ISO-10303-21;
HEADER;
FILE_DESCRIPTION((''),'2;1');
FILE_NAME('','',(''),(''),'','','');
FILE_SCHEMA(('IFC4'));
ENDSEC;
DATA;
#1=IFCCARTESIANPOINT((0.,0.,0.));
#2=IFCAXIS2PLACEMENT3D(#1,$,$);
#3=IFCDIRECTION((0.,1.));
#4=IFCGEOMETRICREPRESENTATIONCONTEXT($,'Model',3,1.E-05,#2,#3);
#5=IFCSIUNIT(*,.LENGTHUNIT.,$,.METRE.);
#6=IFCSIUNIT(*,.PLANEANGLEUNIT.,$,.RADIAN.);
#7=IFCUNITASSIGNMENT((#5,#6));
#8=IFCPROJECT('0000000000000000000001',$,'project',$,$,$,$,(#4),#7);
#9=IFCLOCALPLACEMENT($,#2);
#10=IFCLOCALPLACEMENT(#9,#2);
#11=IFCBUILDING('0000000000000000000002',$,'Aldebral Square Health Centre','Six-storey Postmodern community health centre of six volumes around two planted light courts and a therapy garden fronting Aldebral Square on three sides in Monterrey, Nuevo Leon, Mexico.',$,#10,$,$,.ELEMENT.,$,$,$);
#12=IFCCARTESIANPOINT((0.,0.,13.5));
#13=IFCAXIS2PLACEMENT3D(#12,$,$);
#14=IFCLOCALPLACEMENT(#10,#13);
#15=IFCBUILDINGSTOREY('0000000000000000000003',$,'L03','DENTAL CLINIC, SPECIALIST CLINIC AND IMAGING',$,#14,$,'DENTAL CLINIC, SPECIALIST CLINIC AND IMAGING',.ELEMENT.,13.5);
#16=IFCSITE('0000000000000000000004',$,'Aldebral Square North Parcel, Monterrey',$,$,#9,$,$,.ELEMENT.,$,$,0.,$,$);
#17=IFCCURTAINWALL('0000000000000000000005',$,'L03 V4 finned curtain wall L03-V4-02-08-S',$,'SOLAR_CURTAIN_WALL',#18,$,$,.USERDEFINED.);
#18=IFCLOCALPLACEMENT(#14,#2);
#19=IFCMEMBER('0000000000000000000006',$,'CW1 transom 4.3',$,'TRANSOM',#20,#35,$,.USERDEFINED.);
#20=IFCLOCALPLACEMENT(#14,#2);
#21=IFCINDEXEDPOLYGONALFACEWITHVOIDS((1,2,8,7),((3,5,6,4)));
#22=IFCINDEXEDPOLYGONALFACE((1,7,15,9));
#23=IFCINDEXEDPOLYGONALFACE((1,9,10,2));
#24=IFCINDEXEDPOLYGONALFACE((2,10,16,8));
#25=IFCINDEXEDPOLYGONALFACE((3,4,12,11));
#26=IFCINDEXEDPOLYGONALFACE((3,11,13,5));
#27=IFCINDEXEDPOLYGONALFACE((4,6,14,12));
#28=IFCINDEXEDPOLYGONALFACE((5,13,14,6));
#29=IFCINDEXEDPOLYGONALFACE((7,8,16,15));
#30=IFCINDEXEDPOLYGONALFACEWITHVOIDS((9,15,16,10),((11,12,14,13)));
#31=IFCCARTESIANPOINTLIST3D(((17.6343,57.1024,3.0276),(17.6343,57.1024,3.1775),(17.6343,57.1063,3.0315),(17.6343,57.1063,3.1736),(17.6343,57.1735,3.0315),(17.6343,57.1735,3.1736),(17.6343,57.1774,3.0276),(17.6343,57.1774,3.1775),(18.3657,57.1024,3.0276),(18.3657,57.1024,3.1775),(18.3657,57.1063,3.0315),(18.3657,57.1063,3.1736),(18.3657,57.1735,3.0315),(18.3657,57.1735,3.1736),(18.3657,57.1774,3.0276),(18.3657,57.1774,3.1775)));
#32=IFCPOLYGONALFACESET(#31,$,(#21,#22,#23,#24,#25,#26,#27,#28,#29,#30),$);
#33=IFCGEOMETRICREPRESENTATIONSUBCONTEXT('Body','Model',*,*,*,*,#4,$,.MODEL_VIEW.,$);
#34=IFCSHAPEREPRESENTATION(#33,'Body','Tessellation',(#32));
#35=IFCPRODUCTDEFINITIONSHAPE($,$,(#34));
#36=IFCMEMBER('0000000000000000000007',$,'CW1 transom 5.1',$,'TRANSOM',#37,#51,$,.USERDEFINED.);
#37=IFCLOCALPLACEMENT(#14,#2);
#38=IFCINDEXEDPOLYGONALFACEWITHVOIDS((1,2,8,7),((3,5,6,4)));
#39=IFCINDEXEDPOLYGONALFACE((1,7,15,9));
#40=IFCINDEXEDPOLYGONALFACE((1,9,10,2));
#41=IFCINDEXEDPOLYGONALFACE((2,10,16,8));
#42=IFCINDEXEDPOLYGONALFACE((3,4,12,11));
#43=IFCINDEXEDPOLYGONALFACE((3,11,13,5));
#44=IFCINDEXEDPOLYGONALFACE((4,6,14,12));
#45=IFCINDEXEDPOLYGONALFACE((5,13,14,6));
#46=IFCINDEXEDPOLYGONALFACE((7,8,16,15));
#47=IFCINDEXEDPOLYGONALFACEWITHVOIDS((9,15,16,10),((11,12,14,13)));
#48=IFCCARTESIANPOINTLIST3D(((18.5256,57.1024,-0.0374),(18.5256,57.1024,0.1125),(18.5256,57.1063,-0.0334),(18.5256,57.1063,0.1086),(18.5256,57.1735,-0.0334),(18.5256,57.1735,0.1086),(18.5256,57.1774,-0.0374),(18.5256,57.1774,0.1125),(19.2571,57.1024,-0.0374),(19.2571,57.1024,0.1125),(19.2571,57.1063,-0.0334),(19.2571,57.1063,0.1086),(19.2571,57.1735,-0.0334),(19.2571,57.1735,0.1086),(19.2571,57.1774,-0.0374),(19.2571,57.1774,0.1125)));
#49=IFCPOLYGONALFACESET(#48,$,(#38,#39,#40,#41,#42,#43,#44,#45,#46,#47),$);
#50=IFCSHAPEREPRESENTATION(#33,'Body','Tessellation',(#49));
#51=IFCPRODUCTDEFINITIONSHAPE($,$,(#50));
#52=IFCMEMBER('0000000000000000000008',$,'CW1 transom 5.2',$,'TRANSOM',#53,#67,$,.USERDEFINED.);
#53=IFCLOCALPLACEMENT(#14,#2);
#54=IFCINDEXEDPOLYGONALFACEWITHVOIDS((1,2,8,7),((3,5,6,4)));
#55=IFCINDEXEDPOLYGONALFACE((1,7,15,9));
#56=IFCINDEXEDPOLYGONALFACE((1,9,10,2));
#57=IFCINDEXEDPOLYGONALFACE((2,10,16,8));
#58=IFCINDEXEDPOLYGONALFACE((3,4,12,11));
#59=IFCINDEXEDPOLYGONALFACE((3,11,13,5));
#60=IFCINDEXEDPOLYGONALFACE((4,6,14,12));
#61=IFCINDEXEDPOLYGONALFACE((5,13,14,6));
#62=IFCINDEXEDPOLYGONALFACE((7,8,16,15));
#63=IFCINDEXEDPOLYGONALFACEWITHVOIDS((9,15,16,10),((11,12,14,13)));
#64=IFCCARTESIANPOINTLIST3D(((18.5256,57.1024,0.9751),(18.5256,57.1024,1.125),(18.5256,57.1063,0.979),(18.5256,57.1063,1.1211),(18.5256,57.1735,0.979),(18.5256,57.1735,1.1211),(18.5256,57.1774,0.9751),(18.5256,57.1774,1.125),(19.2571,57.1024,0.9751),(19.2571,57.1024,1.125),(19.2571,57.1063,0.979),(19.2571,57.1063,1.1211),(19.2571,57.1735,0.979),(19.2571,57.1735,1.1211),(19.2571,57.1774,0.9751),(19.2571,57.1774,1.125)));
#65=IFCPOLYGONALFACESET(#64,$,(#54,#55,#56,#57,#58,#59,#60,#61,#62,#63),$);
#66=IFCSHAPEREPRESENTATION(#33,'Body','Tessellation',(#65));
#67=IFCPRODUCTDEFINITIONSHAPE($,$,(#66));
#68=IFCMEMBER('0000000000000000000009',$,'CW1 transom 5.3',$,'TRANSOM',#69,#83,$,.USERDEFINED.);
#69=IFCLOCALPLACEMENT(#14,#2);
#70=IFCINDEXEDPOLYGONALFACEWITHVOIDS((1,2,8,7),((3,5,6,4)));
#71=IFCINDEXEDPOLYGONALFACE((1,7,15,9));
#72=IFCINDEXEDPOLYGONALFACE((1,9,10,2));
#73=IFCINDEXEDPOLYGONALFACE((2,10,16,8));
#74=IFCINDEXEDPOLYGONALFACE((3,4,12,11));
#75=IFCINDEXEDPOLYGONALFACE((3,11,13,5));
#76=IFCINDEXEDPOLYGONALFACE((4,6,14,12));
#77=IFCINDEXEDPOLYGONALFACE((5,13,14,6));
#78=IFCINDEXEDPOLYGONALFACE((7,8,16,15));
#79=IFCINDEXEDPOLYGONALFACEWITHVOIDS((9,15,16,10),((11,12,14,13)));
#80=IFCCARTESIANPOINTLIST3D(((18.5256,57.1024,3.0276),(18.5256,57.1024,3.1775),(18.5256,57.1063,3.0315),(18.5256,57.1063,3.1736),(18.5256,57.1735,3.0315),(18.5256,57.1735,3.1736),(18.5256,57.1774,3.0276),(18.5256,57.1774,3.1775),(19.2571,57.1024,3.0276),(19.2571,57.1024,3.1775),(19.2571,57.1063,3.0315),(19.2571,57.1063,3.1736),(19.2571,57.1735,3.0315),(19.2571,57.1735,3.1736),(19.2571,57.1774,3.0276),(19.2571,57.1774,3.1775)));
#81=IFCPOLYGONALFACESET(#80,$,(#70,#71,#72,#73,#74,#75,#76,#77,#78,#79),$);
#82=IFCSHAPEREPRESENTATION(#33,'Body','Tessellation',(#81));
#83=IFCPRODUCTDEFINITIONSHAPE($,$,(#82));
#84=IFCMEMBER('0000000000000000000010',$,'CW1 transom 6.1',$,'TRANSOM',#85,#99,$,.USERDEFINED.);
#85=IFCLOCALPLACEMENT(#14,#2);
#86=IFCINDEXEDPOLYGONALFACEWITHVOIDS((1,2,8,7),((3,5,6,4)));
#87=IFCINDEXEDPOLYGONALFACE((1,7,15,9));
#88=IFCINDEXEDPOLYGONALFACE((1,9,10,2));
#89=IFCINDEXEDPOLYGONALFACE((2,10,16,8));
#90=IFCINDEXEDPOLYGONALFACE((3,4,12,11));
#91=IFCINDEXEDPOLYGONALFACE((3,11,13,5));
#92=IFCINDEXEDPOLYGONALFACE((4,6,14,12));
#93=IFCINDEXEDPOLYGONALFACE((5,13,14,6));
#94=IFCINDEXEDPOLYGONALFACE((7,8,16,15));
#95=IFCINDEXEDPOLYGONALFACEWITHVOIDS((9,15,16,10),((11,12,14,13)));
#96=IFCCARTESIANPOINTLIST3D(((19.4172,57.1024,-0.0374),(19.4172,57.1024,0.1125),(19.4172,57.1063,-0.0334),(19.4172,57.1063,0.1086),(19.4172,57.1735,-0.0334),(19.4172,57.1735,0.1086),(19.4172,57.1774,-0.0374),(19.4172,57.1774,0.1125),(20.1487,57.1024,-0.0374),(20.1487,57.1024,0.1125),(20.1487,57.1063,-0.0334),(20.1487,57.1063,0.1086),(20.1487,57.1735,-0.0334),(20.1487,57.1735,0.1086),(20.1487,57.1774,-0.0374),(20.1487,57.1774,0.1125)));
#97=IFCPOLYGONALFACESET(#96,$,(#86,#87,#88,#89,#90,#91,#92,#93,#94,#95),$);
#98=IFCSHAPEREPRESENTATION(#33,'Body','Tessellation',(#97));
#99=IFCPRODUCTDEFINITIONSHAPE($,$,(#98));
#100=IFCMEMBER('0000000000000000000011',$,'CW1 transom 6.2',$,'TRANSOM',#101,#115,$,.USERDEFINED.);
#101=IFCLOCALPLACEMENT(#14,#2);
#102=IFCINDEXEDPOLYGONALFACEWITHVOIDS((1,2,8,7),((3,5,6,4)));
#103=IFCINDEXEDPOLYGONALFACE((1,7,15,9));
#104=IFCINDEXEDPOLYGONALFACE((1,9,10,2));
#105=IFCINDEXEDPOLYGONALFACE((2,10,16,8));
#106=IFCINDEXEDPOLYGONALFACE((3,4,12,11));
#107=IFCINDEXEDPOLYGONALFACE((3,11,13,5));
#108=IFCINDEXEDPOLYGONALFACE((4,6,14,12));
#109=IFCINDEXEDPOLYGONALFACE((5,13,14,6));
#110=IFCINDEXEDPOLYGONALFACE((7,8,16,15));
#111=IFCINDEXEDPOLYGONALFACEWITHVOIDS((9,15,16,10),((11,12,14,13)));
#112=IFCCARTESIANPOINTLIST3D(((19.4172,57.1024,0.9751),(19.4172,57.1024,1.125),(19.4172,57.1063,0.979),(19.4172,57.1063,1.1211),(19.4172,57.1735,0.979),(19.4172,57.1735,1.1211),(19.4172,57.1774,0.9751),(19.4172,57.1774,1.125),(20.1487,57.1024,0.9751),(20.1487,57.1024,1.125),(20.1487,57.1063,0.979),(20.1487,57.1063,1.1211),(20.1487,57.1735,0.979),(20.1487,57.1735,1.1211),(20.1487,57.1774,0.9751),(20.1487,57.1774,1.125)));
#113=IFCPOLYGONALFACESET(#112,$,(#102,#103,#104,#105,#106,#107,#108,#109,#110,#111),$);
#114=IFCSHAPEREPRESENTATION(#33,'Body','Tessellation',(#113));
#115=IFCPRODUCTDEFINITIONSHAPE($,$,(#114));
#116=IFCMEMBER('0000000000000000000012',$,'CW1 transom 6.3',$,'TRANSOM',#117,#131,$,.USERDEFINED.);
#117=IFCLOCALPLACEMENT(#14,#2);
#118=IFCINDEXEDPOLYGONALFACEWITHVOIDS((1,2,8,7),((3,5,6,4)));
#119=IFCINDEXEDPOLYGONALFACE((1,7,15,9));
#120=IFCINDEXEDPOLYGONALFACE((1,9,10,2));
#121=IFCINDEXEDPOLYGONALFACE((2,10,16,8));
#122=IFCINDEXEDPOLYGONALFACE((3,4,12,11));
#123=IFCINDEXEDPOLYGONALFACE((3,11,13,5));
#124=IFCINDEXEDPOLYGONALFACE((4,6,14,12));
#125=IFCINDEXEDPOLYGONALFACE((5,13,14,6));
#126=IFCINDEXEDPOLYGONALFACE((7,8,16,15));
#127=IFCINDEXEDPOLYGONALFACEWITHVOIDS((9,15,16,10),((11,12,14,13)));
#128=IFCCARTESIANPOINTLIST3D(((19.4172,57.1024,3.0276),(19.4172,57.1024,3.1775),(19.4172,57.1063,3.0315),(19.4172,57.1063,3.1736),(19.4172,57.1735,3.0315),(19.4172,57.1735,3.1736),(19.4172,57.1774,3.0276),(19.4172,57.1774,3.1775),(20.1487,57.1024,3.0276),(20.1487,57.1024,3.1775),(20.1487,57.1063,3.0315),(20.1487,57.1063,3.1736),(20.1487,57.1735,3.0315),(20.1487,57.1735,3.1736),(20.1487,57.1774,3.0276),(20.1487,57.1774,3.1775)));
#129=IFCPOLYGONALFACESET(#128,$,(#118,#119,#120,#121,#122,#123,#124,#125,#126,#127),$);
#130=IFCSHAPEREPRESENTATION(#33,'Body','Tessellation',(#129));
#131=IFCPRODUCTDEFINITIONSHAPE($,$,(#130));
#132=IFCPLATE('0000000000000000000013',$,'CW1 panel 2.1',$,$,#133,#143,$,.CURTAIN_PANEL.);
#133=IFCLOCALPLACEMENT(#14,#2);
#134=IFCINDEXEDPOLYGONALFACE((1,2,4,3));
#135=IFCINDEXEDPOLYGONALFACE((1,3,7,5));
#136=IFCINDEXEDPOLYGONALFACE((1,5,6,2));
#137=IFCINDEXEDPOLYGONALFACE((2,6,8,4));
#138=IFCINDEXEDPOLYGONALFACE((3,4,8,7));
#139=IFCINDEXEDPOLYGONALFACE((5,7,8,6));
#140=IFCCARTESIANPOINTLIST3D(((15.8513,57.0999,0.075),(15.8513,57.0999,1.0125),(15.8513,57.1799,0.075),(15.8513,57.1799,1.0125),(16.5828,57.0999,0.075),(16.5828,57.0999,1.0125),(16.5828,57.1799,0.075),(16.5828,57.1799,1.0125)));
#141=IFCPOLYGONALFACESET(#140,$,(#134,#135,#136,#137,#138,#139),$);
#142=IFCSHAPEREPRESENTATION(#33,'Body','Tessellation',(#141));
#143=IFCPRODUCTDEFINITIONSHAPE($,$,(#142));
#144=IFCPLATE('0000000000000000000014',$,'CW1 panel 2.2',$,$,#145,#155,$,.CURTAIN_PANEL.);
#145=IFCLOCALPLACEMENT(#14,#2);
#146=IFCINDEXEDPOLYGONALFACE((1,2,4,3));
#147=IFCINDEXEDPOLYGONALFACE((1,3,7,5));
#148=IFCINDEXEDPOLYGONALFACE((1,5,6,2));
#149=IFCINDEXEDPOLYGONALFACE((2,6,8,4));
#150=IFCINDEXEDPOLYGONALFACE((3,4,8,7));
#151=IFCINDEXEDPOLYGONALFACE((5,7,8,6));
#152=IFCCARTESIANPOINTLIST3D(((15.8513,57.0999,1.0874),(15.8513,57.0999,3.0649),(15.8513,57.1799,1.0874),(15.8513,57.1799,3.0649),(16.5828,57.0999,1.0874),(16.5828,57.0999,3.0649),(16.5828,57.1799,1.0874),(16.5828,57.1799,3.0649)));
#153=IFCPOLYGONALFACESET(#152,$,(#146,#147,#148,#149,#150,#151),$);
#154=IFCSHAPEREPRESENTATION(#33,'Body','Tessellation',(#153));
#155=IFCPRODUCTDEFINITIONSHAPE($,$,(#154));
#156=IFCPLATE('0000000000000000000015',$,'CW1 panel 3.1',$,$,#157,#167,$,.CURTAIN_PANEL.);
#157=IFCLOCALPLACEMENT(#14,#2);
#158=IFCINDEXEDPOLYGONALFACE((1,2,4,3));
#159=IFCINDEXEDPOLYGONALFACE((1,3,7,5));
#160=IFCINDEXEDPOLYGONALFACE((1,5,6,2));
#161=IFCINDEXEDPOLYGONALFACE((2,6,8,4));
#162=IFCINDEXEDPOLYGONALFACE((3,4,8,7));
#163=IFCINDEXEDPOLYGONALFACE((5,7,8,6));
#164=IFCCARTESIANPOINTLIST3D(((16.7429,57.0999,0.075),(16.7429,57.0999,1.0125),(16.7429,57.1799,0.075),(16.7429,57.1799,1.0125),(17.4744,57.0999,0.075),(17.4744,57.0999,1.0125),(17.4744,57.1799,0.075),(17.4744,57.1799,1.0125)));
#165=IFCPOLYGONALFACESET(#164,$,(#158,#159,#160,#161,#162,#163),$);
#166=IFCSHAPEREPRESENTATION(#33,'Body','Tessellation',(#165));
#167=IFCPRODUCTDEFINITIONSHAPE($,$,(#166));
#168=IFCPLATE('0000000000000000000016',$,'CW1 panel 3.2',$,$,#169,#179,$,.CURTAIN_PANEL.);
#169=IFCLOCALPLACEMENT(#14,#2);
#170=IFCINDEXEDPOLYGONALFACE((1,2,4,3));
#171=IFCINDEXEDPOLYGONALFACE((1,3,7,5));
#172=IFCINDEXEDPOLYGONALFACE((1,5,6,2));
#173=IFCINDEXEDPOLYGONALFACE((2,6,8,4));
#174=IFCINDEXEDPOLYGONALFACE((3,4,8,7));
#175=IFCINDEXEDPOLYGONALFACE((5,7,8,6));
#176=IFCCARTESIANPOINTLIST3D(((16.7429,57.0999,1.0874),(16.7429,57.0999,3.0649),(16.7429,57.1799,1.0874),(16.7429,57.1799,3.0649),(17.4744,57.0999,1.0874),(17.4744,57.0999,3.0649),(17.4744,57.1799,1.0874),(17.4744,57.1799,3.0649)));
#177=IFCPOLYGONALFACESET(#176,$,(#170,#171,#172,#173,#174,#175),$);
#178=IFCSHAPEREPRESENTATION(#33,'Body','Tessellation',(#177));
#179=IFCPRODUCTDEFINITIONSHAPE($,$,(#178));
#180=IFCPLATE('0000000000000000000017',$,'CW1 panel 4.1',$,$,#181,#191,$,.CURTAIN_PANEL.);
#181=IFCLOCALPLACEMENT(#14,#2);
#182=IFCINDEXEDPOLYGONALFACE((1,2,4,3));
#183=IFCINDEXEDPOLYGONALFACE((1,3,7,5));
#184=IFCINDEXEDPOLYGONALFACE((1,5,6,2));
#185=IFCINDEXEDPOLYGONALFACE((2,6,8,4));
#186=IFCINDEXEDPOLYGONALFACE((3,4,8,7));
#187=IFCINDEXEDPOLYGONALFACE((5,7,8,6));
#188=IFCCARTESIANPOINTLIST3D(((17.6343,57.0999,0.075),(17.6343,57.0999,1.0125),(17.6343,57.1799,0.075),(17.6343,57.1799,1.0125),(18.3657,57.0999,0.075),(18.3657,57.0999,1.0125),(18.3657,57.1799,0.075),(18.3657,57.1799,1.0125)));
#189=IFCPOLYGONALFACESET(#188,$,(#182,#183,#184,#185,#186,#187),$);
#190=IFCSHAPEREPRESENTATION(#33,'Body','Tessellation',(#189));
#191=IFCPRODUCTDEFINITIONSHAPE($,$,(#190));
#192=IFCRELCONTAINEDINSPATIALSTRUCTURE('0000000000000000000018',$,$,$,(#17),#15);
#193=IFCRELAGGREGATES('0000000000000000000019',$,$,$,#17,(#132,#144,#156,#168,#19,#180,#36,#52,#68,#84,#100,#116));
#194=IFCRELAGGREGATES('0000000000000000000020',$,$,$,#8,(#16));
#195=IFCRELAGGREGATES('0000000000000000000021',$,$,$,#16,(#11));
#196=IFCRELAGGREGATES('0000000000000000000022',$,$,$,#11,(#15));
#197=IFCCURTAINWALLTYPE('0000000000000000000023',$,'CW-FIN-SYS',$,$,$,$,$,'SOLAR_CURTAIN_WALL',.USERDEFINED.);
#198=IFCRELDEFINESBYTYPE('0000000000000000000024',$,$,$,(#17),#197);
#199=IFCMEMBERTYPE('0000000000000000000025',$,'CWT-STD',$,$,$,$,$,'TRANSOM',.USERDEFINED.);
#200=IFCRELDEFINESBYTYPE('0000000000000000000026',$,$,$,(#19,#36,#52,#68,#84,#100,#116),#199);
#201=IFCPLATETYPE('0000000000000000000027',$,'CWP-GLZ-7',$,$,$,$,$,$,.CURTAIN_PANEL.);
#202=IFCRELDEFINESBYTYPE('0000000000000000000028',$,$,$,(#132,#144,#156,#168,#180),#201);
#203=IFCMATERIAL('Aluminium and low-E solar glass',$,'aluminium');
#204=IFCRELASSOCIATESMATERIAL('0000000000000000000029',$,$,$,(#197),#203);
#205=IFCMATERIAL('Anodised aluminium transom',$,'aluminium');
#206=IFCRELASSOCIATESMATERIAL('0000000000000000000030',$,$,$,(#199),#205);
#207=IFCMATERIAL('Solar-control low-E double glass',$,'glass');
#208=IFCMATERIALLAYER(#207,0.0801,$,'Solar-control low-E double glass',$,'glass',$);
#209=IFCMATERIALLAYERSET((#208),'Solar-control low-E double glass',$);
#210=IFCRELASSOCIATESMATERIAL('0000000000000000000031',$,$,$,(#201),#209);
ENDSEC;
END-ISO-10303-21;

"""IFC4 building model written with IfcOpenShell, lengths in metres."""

from ifc_helpers import new_model, si_unit, direction, frame, origin, origin_2d, place, context, subcontext, project, spatial, rectangle, hollow_rectangle, extrude, material, layer, layer_set, material_profile, profile_set, type_object, element, aggregate, save


model = new_model("IFC4")

# Units and contexts
model_context = context("Model", 3, precision=1e-05, world=origin(), true_north=direction((0.0, 1.0)))
body_context = subcontext(model_context, "Body", "Model", "MODEL_VIEW")
ifc_project = project(units=[si_unit("LENGTHUNIT", "METRE"), si_unit("PLANEANGLEUNIT", "RADIAN")], contexts=[model_context])

# Site, building, storey
site_placement = place(None, origin())
site = spatial("IfcSite", under=ifc_project, at=site_placement, Name="Aldebral Square North Parcel, Monterrey", CompositionType="ELEMENT", RefElevation=0.0)
building_placement = place(site_placement, origin())
building = spatial("IfcBuilding", under=site, at=building_placement, Name="Aldebral Square Health Centre", Description="Six-storey Postmodern community health centre of six volumes around two planted light courts and a therapy garden fronting Aldebral Square on three sides in Monterrey, Nuevo Leon, Mexico.", CompositionType="ELEMENT")
storey_placement = place(building_placement, frame((0.0, 0.0, 13.5)))
storey = spatial("IfcBuildingStorey", under=building, at=storey_placement, Name="L03", Description="DENTAL CLINIC, SPECIALIST CLINIC AND IMAGING", LongName="DENTAL CLINIC, SPECIALIST CLINIC AND IMAGING", CompositionType="ELEMENT", Elevation=13.5)

# Curtain wall, members, plates
ifc_material_1 = material(Name="Aluminium and low-E solar glass", Category="aluminium")
curtain_wall_type = type_object("IfcCurtainWallType", Name="CW-FIN-SYS", ElementType="SOLAR_CURTAIN_WALL", PredefinedType="USERDEFINED", material=ifc_material_1)
curtain_wall_placement = place(storey_placement, origin())
curtain_wall = element("IfcCurtainWall", 1, at=curtain_wall_placement, inside=storey, type_object=curtain_wall_type, Name="L03 V4 finned curtain wall L03-V4-02-08-S", ObjectType="SOLAR_CURTAIN_WALL", PredefinedType="USERDEFINED")
ifc_material_2 = material(Name="Anodised aluminium transom", Category="aluminium")
ifc_material_profile_1 = material_profile(ifc_material_2, hollow_rectangle(XDim=0.075, YDim=0.1499, WallThickness=0.0039, at=origin_2d()), Name="CWT 75x150x4")
ifc_profile_set_1 = profile_set([ifc_material_profile_1], Name="Anodised aluminium transom")
member_type_1 = type_object("IfcMemberType", Name="CWT-STD", ElementType="TRANSOM", PredefinedType="USERDEFINED", material=ifc_profile_set_1)
member_1_placement = place(storey_placement, frame((17.6343, 57.1399, 3.1025), z_axis=(1.0, 0.0, 0.0), x_axis=(0.0, 1.0, 0.0)))
member_1 = element("IfcMember", 2, at=member_1_placement, type_object=member_type_1, Name="CW1 transom 4.3", ObjectType="TRANSOM", PredefinedType="USERDEFINED", context=body_context, shape_type="SweptSolid", body=[
    extrude(hollow_rectangle(XDim=0.075, YDim=0.1499, WallThickness=0.0039, at=origin_2d()), origin(), (0.0, 0.0, 1.0), 0.7314),
])
member_2_placement = place(storey_placement, frame((18.5256, 57.1399, 0.0376), z_axis=(1.0, 0.0, 0.0), x_axis=(0.0, 1.0, 0.0)))
member_2 = element("IfcMember", 3, at=member_2_placement, type_object=member_type_1, Name="CW1 transom 5.1", ObjectType="TRANSOM", PredefinedType="USERDEFINED", context=body_context, shape_type="SweptSolid", body=[
    extrude(hollow_rectangle(XDim=0.075, YDim=0.1499, WallThickness=0.0039, at=origin_2d()), origin(), (0.0, 0.0, 1.0), 0.7314),
])
member_3_placement = place(storey_placement, frame((18.5256, 57.1399, 1.05), z_axis=(1.0, 0.0, 0.0), x_axis=(0.0, 1.0, 0.0)))
member_3 = element("IfcMember", 4, at=member_3_placement, type_object=member_type_1, Name="CW1 transom 5.2", ObjectType="TRANSOM", PredefinedType="USERDEFINED", context=body_context, shape_type="SweptSolid", body=[
    extrude(hollow_rectangle(XDim=0.075, YDim=0.1499, WallThickness=0.0039, at=origin_2d()), origin(), (0.0, 0.0, 1.0), 0.7314),
])
member_4_placement = place(storey_placement, frame((18.5256, 57.1399, 3.1025), z_axis=(1.0, 0.0, 0.0), x_axis=(0.0, 1.0, 0.0)))
member_4 = element("IfcMember", 5, at=member_4_placement, type_object=member_type_1, Name="CW1 transom 5.3", ObjectType="TRANSOM", PredefinedType="USERDEFINED", context=body_context, shape_type="SweptSolid", body=[
    extrude(hollow_rectangle(XDim=0.075, YDim=0.1499, WallThickness=0.0039, at=origin_2d()), origin(), (0.0, 0.0, 1.0), 0.7314),
])
member_5_placement = place(storey_placement, frame((19.4172, 57.1399, 0.0376), z_axis=(1.0, 0.0, 0.0), x_axis=(0.0, 1.0, 0.0)))
member_5 = element("IfcMember", 6, at=member_5_placement, type_object=member_type_1, Name="CW1 transom 6.1", ObjectType="TRANSOM", PredefinedType="USERDEFINED", context=body_context, shape_type="SweptSolid", body=[
    extrude(hollow_rectangle(XDim=0.075, YDim=0.1499, WallThickness=0.0039, at=origin_2d()), origin(), (0.0, 0.0, 1.0), 0.7314),
])
member_6_placement = place(storey_placement, frame((19.4172, 57.1399, 1.05), z_axis=(1.0, 0.0, 0.0), x_axis=(0.0, 1.0, 0.0)))
member_6 = element("IfcMember", 7, at=member_6_placement, type_object=member_type_1, Name="CW1 transom 6.2", ObjectType="TRANSOM", PredefinedType="USERDEFINED", context=body_context, shape_type="SweptSolid", body=[
    extrude(hollow_rectangle(XDim=0.075, YDim=0.1499, WallThickness=0.0039, at=origin_2d()), origin(), (0.0, 0.0, 1.0), 0.7314),
])
member_7_placement = place(storey_placement, frame((19.4172, 57.1399, 3.1025), z_axis=(1.0, 0.0, 0.0), x_axis=(0.0, 1.0, 0.0)))
member_7 = element("IfcMember", 8, at=member_7_placement, type_object=member_type_1, Name="CW1 transom 6.3", ObjectType="TRANSOM", PredefinedType="USERDEFINED", context=body_context, shape_type="SweptSolid", body=[
    extrude(hollow_rectangle(XDim=0.075, YDim=0.1499, WallThickness=0.0039, at=origin_2d()), origin(), (0.0, 0.0, 1.0), 0.7314),
])
ifc_material_3 = material(Name="Solar-control low-E double glass", Category="glass")
ifc_layer = layer(ifc_material_3, 0.0801, Name="Solar-control low-E double glass", Category="glass")
ifc_layer_set = layer_set([ifc_layer], Name="Solar-control low-E double glass")
plate_type = type_object("IfcPlateType", Name="CWP-GLZ-7", PredefinedType="CURTAIN_PANEL", material=ifc_layer_set)
plate_1_placement = place(storey_placement, frame((16.217, 57.1399, 0.075), z_axis=(0.0, 0.0, 1.0), x_axis=(1.0, 0.0, 0.0)))
plate_1 = element("IfcPlate", 9, at=plate_1_placement, type_object=plate_type, Name="CW1 panel 2.1", PredefinedType="CURTAIN_PANEL", context=body_context, shape_type="SweptSolid", body=[
    extrude(rectangle(XDim=0.7314, YDim=0.0801, at=origin_2d()), origin(), (0.0, 0.0, 1.0), 0.9375),
])
plate_2_placement = place(storey_placement, frame((16.217, 57.1399, 1.0874), z_axis=(0.0, 0.0, 1.0), x_axis=(1.0, 0.0, 0.0)))
plate_2 = element("IfcPlate", 10, at=plate_2_placement, type_object=plate_type, Name="CW1 panel 2.2", PredefinedType="CURTAIN_PANEL", context=body_context, shape_type="SweptSolid", body=[
    extrude(rectangle(XDim=0.7314, YDim=0.0801, at=origin_2d()), origin(), (0.0, 0.0, 1.0), 1.9775),
])
plate_3_placement = place(storey_placement, frame((17.1086, 57.1399, 0.075), z_axis=(0.0, 0.0, 1.0), x_axis=(1.0, 0.0, 0.0)))
plate_3 = element("IfcPlate", 11, at=plate_3_placement, type_object=plate_type, Name="CW1 panel 3.1", PredefinedType="CURTAIN_PANEL", context=body_context, shape_type="SweptSolid", body=[
    extrude(rectangle(XDim=0.7314, YDim=0.0801, at=origin_2d()), origin(), (0.0, 0.0, 1.0), 0.9375),
])
plate_4_placement = place(storey_placement, frame((17.1086, 57.1399, 1.0874), z_axis=(0.0, 0.0, 1.0), x_axis=(1.0, 0.0, 0.0)))
plate_4 = element("IfcPlate", 12, at=plate_4_placement, type_object=plate_type, Name="CW1 panel 3.2", PredefinedType="CURTAIN_PANEL", context=body_context, shape_type="SweptSolid", body=[
    extrude(rectangle(XDim=0.7314, YDim=0.0801, at=origin_2d()), origin(), (0.0, 0.0, 1.0), 1.9775),
])
plate_5_placement = place(storey_placement, frame((18.0, 57.1399, 0.075), z_axis=(0.0, 0.0, 1.0), x_axis=(1.0, 0.0, 0.0)))
plate_5 = element("IfcPlate", 13, at=plate_5_placement, type_object=plate_type, Name="CW1 panel 4.1", PredefinedType="CURTAIN_PANEL", context=body_context, shape_type="SweptSolid", body=[
    extrude(rectangle(XDim=0.7314, YDim=0.0801, at=origin_2d()), origin(), (0.0, 0.0, 1.0), 0.9375),
])
aggregate(curtain_wall, [plate_1, plate_2, plate_3, plate_4, member_1, plate_5, member_2, member_3, member_4, member_5, member_6, member_7])

save(model, "model.ifc")
